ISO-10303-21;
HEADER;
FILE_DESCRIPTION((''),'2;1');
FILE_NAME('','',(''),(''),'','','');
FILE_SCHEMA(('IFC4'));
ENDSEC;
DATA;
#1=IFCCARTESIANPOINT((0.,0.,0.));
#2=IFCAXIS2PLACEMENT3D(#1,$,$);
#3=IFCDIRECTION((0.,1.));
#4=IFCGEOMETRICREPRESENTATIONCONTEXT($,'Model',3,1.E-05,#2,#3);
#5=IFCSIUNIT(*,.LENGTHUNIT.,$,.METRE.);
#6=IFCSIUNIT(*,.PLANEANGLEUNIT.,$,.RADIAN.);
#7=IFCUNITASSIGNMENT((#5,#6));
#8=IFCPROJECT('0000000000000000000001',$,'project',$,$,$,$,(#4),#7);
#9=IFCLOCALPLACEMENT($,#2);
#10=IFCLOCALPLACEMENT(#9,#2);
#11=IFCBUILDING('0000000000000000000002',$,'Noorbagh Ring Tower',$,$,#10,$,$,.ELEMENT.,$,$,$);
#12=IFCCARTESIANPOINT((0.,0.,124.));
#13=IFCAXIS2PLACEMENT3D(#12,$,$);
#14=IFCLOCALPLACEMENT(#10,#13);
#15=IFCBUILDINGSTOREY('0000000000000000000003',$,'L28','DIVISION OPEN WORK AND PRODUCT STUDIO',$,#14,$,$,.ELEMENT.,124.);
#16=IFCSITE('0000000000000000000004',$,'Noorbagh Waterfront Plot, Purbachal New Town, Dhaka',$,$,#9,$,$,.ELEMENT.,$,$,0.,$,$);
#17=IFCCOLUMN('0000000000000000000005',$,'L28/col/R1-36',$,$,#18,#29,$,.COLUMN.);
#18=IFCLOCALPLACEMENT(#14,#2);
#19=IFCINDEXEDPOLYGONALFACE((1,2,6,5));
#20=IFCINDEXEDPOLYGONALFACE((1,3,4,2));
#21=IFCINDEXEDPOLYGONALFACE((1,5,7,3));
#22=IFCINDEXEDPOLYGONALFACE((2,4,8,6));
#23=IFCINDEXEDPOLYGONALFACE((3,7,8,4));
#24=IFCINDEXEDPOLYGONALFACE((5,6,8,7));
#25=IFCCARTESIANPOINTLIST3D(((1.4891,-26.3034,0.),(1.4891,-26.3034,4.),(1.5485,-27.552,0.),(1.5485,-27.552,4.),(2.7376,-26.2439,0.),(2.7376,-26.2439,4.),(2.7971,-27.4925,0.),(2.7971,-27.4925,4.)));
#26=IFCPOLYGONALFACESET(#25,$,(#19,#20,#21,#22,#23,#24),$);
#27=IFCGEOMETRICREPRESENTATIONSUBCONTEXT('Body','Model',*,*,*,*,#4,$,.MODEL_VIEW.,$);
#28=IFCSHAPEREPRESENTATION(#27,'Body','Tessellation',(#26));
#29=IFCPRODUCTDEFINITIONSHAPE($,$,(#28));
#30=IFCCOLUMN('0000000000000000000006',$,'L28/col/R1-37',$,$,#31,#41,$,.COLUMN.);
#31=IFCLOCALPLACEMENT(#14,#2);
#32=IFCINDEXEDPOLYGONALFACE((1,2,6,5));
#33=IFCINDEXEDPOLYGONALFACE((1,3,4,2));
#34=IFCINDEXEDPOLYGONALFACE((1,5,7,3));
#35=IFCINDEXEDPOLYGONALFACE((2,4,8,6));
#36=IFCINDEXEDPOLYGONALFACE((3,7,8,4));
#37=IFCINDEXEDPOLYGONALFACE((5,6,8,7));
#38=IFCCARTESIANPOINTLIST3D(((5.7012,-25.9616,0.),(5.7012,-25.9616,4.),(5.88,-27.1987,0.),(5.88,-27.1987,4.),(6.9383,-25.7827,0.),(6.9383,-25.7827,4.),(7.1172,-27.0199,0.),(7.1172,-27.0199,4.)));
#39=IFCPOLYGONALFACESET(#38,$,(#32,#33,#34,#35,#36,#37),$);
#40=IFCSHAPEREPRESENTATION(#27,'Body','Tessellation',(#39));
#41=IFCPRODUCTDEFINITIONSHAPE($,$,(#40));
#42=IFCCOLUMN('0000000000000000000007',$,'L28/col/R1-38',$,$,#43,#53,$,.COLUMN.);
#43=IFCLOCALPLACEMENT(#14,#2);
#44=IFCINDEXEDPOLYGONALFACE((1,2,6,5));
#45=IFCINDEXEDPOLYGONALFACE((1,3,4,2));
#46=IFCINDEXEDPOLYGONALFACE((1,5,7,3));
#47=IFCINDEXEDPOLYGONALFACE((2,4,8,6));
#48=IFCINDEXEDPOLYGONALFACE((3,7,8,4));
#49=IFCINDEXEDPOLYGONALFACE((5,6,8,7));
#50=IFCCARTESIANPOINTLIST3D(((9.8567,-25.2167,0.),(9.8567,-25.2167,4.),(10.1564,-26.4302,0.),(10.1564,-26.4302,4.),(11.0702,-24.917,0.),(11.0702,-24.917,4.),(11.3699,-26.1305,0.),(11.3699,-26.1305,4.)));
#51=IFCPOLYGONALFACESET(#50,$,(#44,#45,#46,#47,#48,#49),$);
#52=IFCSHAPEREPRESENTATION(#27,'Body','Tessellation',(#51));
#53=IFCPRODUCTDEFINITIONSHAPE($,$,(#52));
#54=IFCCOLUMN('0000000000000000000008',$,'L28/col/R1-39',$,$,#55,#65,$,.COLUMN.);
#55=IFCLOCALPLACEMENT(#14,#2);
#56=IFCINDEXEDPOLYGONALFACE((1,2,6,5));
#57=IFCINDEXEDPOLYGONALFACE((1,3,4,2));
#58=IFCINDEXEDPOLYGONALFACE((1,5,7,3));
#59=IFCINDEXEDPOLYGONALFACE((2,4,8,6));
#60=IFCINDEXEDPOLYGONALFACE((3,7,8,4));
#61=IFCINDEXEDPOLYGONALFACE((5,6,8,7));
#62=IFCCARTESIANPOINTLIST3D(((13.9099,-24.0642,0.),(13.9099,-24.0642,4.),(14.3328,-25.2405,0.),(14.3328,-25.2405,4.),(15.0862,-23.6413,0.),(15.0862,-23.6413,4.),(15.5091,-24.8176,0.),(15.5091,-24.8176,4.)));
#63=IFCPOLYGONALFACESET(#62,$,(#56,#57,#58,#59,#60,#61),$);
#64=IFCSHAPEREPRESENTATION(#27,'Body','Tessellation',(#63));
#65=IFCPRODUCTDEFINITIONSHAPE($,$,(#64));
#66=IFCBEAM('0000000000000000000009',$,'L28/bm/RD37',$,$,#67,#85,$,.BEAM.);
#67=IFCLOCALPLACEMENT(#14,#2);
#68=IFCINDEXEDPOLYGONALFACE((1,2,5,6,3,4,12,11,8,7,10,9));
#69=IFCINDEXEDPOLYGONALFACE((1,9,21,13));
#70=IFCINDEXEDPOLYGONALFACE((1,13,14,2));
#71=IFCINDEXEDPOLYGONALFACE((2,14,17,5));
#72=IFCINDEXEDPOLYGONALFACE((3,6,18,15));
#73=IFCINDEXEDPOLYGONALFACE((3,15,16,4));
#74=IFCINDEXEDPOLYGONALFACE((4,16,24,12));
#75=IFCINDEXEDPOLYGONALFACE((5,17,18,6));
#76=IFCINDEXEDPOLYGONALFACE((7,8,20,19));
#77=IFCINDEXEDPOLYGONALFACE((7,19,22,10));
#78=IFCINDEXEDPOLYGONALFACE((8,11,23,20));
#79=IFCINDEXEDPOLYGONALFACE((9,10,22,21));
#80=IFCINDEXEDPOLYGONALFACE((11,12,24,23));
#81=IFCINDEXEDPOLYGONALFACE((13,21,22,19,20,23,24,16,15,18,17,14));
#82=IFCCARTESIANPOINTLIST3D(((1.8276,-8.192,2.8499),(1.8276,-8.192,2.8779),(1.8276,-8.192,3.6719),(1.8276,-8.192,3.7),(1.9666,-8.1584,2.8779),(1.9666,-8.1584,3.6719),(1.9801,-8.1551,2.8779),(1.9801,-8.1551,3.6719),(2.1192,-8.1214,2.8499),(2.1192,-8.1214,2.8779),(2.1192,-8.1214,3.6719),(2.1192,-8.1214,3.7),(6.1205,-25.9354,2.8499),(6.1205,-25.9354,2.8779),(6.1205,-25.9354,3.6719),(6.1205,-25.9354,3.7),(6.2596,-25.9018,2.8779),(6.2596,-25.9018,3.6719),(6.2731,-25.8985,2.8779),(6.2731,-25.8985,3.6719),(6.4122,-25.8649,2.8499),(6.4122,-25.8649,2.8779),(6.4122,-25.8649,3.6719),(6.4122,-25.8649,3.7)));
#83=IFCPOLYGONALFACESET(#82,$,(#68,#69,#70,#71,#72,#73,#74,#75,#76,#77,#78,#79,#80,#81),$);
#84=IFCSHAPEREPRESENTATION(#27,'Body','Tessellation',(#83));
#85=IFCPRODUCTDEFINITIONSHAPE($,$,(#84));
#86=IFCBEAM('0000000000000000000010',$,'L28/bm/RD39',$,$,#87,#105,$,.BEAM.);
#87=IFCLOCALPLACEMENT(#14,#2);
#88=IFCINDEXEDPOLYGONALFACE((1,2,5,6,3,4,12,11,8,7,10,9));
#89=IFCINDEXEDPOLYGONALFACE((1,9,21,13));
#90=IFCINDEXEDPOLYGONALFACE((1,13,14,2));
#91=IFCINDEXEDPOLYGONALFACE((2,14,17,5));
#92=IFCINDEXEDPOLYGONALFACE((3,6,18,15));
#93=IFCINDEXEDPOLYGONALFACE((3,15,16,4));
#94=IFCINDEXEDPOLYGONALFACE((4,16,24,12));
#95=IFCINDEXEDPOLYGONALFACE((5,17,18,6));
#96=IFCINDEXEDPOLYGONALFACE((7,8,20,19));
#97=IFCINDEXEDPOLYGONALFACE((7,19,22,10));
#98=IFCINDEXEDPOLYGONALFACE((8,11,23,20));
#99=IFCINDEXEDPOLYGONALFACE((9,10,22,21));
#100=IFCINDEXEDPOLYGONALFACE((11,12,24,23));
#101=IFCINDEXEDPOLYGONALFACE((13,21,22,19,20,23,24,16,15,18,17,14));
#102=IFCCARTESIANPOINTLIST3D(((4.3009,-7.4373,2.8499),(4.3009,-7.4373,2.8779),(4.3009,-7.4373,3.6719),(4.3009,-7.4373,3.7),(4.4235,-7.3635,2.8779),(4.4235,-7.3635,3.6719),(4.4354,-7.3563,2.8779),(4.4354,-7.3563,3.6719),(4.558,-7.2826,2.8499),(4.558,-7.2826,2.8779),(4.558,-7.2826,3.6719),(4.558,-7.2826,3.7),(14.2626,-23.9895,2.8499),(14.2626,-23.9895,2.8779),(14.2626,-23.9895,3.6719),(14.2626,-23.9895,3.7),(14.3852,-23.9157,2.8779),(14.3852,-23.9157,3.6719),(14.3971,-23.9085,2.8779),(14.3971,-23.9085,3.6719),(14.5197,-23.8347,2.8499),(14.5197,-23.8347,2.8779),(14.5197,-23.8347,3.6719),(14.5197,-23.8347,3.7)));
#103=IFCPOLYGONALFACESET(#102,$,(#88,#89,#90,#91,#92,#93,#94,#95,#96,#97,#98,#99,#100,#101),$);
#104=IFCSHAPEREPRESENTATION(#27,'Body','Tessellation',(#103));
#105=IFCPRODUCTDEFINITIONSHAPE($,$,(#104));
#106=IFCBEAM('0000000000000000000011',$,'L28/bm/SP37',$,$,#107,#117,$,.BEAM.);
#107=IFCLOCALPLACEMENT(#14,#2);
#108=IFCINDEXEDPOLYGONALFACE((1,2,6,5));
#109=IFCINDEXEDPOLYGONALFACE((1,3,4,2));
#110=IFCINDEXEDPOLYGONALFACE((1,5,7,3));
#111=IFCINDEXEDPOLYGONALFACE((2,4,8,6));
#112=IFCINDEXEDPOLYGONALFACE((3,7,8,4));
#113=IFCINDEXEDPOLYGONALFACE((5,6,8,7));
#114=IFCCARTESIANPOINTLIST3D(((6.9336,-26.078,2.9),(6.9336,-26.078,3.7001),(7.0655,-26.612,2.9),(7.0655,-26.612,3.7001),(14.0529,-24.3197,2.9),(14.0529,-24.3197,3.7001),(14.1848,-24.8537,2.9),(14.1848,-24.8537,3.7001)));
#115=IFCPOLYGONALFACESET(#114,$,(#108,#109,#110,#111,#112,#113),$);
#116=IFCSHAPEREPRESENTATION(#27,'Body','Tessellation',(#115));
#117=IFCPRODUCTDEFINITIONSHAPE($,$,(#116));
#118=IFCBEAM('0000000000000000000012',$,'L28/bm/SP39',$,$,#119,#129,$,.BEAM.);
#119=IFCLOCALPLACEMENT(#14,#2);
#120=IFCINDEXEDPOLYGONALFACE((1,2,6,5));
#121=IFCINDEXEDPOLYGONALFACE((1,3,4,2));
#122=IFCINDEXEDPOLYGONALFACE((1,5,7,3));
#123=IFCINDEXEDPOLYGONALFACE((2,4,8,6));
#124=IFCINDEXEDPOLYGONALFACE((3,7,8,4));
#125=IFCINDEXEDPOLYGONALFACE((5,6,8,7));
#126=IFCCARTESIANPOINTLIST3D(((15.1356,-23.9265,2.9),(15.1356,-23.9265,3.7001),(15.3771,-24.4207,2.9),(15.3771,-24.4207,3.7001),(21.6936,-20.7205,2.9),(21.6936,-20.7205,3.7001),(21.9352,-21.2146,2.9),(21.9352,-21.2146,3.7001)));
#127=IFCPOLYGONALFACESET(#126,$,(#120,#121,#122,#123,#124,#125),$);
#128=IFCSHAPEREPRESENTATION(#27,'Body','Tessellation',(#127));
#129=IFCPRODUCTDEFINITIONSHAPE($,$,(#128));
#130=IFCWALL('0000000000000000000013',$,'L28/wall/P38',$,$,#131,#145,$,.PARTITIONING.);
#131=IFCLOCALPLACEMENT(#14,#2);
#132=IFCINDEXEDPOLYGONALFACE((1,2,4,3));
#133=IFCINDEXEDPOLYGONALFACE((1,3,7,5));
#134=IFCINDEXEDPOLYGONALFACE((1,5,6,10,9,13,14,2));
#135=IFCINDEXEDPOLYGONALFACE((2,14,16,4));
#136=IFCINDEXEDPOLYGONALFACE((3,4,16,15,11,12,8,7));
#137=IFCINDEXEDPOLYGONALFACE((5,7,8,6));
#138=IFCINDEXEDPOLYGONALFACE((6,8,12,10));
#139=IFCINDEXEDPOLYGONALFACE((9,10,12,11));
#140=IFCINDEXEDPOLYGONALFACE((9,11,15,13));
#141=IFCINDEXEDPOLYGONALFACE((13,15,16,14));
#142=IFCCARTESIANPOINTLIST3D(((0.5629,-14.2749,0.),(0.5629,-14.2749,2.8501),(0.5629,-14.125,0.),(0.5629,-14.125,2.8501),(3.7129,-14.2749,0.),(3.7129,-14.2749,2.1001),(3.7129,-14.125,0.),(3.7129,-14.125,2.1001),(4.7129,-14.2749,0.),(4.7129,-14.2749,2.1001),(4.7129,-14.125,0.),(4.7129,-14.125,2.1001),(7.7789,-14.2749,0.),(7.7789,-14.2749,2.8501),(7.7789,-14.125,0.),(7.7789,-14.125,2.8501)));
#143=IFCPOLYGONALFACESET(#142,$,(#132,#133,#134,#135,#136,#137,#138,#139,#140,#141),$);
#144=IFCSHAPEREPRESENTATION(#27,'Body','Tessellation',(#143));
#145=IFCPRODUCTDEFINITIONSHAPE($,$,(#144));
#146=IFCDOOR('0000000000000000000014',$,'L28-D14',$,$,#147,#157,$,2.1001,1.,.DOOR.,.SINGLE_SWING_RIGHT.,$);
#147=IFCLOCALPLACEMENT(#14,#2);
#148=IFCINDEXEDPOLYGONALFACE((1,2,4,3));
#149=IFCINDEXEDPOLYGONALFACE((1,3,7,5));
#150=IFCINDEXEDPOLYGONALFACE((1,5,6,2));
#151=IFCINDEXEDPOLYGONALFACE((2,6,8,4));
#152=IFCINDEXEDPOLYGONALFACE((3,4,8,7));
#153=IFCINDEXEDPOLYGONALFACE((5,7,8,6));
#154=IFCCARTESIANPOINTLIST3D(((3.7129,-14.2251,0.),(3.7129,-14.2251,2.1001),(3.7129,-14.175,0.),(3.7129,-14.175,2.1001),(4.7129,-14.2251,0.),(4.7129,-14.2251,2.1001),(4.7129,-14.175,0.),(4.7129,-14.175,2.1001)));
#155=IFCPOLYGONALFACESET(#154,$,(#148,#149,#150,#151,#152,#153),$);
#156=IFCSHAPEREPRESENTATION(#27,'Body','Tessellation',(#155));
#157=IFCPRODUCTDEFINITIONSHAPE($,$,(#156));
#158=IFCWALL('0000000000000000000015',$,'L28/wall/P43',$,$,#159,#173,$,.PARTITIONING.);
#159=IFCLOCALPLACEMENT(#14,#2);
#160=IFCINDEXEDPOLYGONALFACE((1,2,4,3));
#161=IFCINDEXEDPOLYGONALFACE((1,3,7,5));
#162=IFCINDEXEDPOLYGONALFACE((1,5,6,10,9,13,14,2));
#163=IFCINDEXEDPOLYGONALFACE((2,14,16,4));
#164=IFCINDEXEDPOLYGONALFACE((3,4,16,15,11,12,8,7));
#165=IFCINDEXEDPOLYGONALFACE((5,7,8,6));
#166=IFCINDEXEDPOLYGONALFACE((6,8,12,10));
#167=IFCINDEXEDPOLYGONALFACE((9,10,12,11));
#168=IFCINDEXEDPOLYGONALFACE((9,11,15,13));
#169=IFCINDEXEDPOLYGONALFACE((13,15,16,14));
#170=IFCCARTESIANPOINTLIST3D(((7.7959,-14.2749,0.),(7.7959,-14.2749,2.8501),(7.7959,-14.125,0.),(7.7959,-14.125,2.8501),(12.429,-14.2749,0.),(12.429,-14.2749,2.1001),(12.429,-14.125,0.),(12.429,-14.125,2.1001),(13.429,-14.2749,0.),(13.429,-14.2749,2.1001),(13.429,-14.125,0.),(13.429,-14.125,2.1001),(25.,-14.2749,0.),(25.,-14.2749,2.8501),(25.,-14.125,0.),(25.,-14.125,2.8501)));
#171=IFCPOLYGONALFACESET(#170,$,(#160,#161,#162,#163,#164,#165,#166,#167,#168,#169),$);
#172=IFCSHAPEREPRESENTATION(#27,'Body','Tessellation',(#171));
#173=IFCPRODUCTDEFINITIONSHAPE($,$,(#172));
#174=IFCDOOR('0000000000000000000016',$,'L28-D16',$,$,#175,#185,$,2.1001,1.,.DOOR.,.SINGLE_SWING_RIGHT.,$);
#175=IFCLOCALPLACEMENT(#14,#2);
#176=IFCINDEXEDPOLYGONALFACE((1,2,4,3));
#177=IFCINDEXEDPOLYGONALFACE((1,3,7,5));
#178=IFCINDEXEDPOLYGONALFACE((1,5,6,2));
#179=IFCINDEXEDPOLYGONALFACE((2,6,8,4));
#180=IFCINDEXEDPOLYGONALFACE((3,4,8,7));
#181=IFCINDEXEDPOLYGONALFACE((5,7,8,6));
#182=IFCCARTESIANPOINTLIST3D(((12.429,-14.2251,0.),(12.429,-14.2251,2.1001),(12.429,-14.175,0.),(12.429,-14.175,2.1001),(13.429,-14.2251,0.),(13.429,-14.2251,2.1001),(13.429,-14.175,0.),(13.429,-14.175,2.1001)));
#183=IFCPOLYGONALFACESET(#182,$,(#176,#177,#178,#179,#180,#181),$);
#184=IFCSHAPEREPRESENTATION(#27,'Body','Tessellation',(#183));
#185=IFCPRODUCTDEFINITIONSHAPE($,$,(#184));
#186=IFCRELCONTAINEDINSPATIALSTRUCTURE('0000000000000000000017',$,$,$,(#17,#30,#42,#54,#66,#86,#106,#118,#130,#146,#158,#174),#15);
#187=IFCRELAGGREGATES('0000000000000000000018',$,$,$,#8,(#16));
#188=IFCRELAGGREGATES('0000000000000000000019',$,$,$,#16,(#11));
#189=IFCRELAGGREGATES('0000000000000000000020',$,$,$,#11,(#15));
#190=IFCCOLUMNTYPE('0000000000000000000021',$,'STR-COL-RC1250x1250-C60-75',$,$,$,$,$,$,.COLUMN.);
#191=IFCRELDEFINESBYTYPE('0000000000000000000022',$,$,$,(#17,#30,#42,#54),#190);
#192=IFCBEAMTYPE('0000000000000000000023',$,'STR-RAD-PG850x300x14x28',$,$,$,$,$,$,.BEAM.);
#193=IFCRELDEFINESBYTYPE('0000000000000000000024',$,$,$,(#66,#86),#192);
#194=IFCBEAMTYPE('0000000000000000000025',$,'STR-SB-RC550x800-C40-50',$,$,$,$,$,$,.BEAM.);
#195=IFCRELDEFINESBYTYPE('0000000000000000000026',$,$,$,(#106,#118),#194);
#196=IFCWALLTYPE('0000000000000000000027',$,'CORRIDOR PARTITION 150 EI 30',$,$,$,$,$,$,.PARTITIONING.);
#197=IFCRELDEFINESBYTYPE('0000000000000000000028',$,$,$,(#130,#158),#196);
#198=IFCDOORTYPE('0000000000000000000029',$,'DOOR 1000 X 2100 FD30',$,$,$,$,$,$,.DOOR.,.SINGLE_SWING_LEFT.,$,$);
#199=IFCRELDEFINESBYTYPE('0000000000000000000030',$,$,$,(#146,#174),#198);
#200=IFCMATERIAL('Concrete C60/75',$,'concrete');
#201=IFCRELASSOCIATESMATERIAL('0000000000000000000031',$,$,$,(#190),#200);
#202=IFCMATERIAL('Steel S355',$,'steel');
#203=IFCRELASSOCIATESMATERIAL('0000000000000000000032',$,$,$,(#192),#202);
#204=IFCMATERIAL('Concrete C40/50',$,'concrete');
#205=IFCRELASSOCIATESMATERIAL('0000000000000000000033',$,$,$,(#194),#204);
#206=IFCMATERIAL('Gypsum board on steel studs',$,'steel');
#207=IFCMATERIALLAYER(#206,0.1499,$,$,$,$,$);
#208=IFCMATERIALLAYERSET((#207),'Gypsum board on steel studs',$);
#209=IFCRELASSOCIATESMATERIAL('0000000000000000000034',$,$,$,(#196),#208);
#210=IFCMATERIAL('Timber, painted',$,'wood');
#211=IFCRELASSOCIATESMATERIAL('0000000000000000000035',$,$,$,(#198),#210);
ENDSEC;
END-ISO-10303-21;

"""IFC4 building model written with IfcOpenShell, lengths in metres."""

from ifc_helpers import new_model, si_unit, direction, frame, frame_2d, origin, origin_2d, place, context, subcontext, project, spatial, rectangle, i_section, extrude, material, layer, layer_set, material_profile, profile_set, type_object, element, fill, save


model = new_model("IFC4")

# Units and contexts
model_context = context("Model", 3, precision=1e-05, world=origin(), true_north=direction((0.0, 1.0)))
body_context = subcontext(model_context, "Body", "Model", "MODEL_VIEW")
ifc_project = project(units=[si_unit("LENGTHUNIT", "METRE"), si_unit("PLANEANGLEUNIT", "RADIAN")], contexts=[model_context])

# Site, building, storey
site_placement = place(None, origin())
site = spatial("IfcSite", under=ifc_project, at=site_placement, Name="Noorbagh Waterfront Plot, Purbachal New Town, Dhaka", CompositionType="ELEMENT", RefElevation=0.0)
building_placement = place(site_placement, origin())
building = spatial("IfcBuilding", under=site, at=building_placement, Name="Noorbagh Ring Tower", CompositionType="ELEMENT")
storey_placement = place(building_placement, frame((0.0, 0.0, 124.0)))
storey = spatial("IfcBuildingStorey", under=building, at=storey_placement, Name="L28", Description="DIVISION OPEN WORK AND PRODUCT STUDIO", CompositionType="ELEMENT", Elevation=124.0)

# Columns
ifc_material_1 = material(Name="Concrete C60/75", Category="concrete")
ifc_material_profile_1 = material_profile(ifc_material_1, rectangle(XDim=1.25, YDim=1.25, at=origin_2d()), Name="RC1250x1250")
ifc_profile_set_1 = profile_set([ifc_material_profile_1], Name="Concrete C60/75")
column_type = type_object("IfcColumnType", Name="STR-COL-RC1250x1250-C60-75", PredefinedType="COLUMN", material=ifc_profile_set_1)
for number, where, z_axis, x_axis, name in (
    (1, (2.1431, -26.8979, 0.0), (0.0, 0.0, 1.0), (0.998869, 0.047553, 0.0), "L28/col/R1-36"),
    (2, (6.4092, -26.4907, 0.0), (0.0, 0.0, 1.0), (0.989713, 0.143066, 0.0), "L28/col/R1-37"),
    (3, (10.6133, -25.6736, 0.0), (0.0, 0.0, 1.0), (0.970829, 0.239771, 0.0), "L28/col/R1-38"),
    (4, (14.7095, -24.4409, 0.0), (0.0, 0.0, 1.0), (0.941025, 0.338338, 0.0), "L28/col/R1-39"),
):
    element("IfcColumn", number, at=place(storey_placement, frame(where, z_axis=z_axis, x_axis=x_axis)), inside=storey, type_object=column_type, Name=name, PredefinedType="COLUMN", context=body_context, shape_type="SweptSolid", body=[
        extrude(rectangle(XDim=1.25, YDim=1.25, at=origin_2d()), origin(), (0.0, 0.0, 1.0), 4.0),
    ])

# Beams
ifc_material_2 = material(Name="Steel S355", Category="steel")
ifc_material_profile_2 = material_profile(ifc_material_2, i_section(OverallWidth=0.3, OverallDepth=0.8501, WebThickness=0.0139, FlangeThickness=0.0281, at=origin_2d()), Name="PG850x300x14x28")
ifc_profile_set_2 = profile_set([ifc_material_profile_2], Name="Steel S355")
beam_type_1 = type_object("IfcBeamType", Name="STR-RAD-PG850x300x14x28", PredefinedType="BEAM", material=ifc_profile_set_2)
beam_1_placement = place(storey_placement, frame((6.2664, -25.9001, 3.2749), z_axis=(-0.235162, 0.971956, 0.0), x_axis=(-0.971956, -0.235162, 0.0)))
element("IfcBeam", 5, at=beam_1_placement, inside=storey, type_object=beam_type_1, Name="L28/bm/RD37", PredefinedType="BEAM", context=body_context, shape_type="SweptSolid", body=[
    extrude(i_section(OverallWidth=0.3, OverallDepth=0.8501, WebThickness=0.0139, FlangeThickness=0.0281, at=origin_2d()), origin(), (0.0, 0.0, 1.0), 18.2554),
])
beam_2_placement = place(storey_placement, frame((14.3911, -23.9121, 3.2749), z_axis=(-0.515649, 0.8568, 0.0), x_axis=(-0.8568, -0.515649, 0.0)))
element("IfcBeam", 6, at=beam_2_placement, inside=storey, type_object=beam_type_1, Name="L28/bm/RD39", PredefinedType="BEAM", context=body_context, shape_type="SweptSolid", body=[
    extrude(i_section(OverallWidth=0.3, OverallDepth=0.8501, WebThickness=0.0139, FlangeThickness=0.0281, at=origin_2d()), origin(), (0.0, 0.0, 1.0), 19.3186),
])
ifc_material_3 = material(Name="Concrete C40/50", Category="concrete")
ifc_material_profile_3 = material_profile(ifc_material_3, rectangle(XDim=0.55, YDim=0.8, at=origin_2d()), Name="RC550x800")
ifc_profile_set_3 = profile_set([ifc_material_profile_3], Name="Concrete C40/50")
beam_type_2 = type_object("IfcBeamType", Name="STR-SB-RC550x800-C40-50", PredefinedType="BEAM", material=ifc_profile_set_3)
beam_3_placement = place(storey_placement, frame((6.9995, -26.345, 3.3), z_axis=(0.97083, 0.239769, 0.0), x_axis=(-0.239769, 0.97083, 0.0)))
element("IfcBeam", 7, at=beam_3_placement, inside=storey, type_object=beam_type_2, Name="L28/bm/SP37", PredefinedType="BEAM", context=body_context, shape_type="SweptSolid", body=[
    extrude(rectangle(XDim=0.55, YDim=0.8, at=origin_2d()), origin(), (0.0, 0.0, 1.0), 7.3333),
])
beam_4_placement = place(storey_placement, frame((15.2563, -24.1736, 3.3), z_axis=(0.898391, 0.439196, 0.0), x_axis=(-0.439196, 0.898391, 0.0)))
element("IfcBeam", 8, at=beam_4_placement, inside=storey, type_object=beam_type_2, Name="L28/bm/SP39", PredefinedType="BEAM", context=body_context, shape_type="SweptSolid", body=[
    extrude(rectangle(XDim=0.55, YDim=0.8, at=origin_2d()), origin(), (0.0, 0.0, 1.0), 7.2998),
])

# Walls, openings, doors
ifc_material_4 = material(Name="Gypsum board on steel studs", Category="steel")
ifc_layer_1 = layer(ifc_material_4, 0.1499)
ifc_layer_set_1 = layer_set([ifc_layer_1], Name="Gypsum board on steel studs")
wall_type_1 = type_object("IfcWallType", Name="CORRIDOR PARTITION 150 EI 30", PredefinedType="PARTITIONING", material=ifc_layer_set_1)
wall_1_placement = place(storey_placement, frame((0.563, -14.2, 0.0), z_axis=(0.0, 0.0, 1.0), x_axis=(1.0, 0.0, 0.0)))
wall_1 = element("IfcWall", 9, at=wall_1_placement, inside=storey, type_object=wall_type_1, Name="L28/wall/P38", PredefinedType="PARTITIONING", context=body_context, shape_type="SweptSolid", body=[
    extrude(rectangle(XDim=7.2161, YDim=0.1499, at=frame_2d((3.6079, 0.0))), origin(), (0.0, 0.0, 1.0), 2.8501),
])
opening_1_placement = place(wall_1_placement, frame((3.1499, 0.0, 0.0)))
opening_1 = element("IfcOpeningElement", 10, at=opening_1_placement, cuts=wall_1, PredefinedType="OPENING", context=body_context, shape_type="SweptSolid", body=[
    extrude(rectangle(XDim=1.0, YDim=2.1001, at=frame_2d((0.5, 1.05))), frame((0.0, 0.085, 0.0), z_axis=(0.0, -1.0, 0.0), x_axis=(1.0, 0.0, 0.0)), (0.0, 0.0, 1.0), 0.1699),
])
ifc_material_5 = material(Name="Timber, painted", Category="wood")
door_type = type_object("IfcDoorType", Name="DOOR 1000 X 2100 FD30", OperationType="SINGLE_SWING_LEFT", PredefinedType="DOOR", material=ifc_material_5)
door_1_placement = place(opening_1_placement, origin())
door_1 = element("IfcDoor", 11, at=door_1_placement, inside=storey, type_object=door_type, Name="L28-D14", OperationType="SINGLE_SWING_RIGHT", OverallHeight=2.1001, OverallWidth=1.0, PredefinedType="DOOR", context=body_context, shape_type="SweptSolid", body=[
    extrude(rectangle(XDim=1.0, YDim=2.1001, at=frame_2d((0.5, 1.05))), frame((0.0, 0.0249, 0.0), z_axis=(0.0, -1.0, 0.0), x_axis=(1.0, 0.0, 0.0)), (0.0, 0.0, 1.0), 0.05),
])
fill(opening_1, door_1)
wall_2_placement = place(storey_placement, frame((7.7959, -14.2, 0.0), z_axis=(0.0, 0.0, 1.0), x_axis=(1.0, 0.0, 0.0)))
wall_2 = element("IfcWall", 12, at=wall_2_placement, inside=storey, type_object=wall_type_1, Name="L28/wall/P43", PredefinedType="PARTITIONING", context=body_context, shape_type="SweptSolid", body=[
    extrude(rectangle(XDim=17.2041, YDim=0.1499, at=frame_2d((8.6021, 0.0))), origin(), (0.0, 0.0, 1.0), 2.8501),
])
opening_2_placement = place(wall_2_placement, frame((4.6331, 0.0, 0.0)))
opening_2 = element("IfcOpeningElement", 13, at=opening_2_placement, cuts=wall_2, PredefinedType="OPENING", context=body_context, shape_type="SweptSolid", body=[
    extrude(rectangle(XDim=1.0, YDim=2.1001, at=frame_2d((0.5, 1.05))), frame((0.0, 0.085, 0.0), z_axis=(0.0, -1.0, 0.0), x_axis=(1.0, 0.0, 0.0)), (0.0, 0.0, 1.0), 0.1699),
])
door_2_placement = place(opening_2_placement, origin())
door_2 = element("IfcDoor", 14, at=door_2_placement, inside=storey, type_object=door_type, Name="L28-D16", OperationType="SINGLE_SWING_RIGHT", OverallHeight=2.1001, OverallWidth=1.0, PredefinedType="DOOR", context=body_context, shape_type="SweptSolid", body=[
    extrude(rectangle(XDim=1.0, YDim=2.1001, at=frame_2d((0.5, 1.05))), frame((0.0, 0.0249, 0.0), z_axis=(0.0, -1.0, 0.0), x_axis=(1.0, 0.0, 0.0)), (0.0, 0.0, 1.0), 0.05),
])
fill(opening_2, door_2)

save(model, "model.ifc")
